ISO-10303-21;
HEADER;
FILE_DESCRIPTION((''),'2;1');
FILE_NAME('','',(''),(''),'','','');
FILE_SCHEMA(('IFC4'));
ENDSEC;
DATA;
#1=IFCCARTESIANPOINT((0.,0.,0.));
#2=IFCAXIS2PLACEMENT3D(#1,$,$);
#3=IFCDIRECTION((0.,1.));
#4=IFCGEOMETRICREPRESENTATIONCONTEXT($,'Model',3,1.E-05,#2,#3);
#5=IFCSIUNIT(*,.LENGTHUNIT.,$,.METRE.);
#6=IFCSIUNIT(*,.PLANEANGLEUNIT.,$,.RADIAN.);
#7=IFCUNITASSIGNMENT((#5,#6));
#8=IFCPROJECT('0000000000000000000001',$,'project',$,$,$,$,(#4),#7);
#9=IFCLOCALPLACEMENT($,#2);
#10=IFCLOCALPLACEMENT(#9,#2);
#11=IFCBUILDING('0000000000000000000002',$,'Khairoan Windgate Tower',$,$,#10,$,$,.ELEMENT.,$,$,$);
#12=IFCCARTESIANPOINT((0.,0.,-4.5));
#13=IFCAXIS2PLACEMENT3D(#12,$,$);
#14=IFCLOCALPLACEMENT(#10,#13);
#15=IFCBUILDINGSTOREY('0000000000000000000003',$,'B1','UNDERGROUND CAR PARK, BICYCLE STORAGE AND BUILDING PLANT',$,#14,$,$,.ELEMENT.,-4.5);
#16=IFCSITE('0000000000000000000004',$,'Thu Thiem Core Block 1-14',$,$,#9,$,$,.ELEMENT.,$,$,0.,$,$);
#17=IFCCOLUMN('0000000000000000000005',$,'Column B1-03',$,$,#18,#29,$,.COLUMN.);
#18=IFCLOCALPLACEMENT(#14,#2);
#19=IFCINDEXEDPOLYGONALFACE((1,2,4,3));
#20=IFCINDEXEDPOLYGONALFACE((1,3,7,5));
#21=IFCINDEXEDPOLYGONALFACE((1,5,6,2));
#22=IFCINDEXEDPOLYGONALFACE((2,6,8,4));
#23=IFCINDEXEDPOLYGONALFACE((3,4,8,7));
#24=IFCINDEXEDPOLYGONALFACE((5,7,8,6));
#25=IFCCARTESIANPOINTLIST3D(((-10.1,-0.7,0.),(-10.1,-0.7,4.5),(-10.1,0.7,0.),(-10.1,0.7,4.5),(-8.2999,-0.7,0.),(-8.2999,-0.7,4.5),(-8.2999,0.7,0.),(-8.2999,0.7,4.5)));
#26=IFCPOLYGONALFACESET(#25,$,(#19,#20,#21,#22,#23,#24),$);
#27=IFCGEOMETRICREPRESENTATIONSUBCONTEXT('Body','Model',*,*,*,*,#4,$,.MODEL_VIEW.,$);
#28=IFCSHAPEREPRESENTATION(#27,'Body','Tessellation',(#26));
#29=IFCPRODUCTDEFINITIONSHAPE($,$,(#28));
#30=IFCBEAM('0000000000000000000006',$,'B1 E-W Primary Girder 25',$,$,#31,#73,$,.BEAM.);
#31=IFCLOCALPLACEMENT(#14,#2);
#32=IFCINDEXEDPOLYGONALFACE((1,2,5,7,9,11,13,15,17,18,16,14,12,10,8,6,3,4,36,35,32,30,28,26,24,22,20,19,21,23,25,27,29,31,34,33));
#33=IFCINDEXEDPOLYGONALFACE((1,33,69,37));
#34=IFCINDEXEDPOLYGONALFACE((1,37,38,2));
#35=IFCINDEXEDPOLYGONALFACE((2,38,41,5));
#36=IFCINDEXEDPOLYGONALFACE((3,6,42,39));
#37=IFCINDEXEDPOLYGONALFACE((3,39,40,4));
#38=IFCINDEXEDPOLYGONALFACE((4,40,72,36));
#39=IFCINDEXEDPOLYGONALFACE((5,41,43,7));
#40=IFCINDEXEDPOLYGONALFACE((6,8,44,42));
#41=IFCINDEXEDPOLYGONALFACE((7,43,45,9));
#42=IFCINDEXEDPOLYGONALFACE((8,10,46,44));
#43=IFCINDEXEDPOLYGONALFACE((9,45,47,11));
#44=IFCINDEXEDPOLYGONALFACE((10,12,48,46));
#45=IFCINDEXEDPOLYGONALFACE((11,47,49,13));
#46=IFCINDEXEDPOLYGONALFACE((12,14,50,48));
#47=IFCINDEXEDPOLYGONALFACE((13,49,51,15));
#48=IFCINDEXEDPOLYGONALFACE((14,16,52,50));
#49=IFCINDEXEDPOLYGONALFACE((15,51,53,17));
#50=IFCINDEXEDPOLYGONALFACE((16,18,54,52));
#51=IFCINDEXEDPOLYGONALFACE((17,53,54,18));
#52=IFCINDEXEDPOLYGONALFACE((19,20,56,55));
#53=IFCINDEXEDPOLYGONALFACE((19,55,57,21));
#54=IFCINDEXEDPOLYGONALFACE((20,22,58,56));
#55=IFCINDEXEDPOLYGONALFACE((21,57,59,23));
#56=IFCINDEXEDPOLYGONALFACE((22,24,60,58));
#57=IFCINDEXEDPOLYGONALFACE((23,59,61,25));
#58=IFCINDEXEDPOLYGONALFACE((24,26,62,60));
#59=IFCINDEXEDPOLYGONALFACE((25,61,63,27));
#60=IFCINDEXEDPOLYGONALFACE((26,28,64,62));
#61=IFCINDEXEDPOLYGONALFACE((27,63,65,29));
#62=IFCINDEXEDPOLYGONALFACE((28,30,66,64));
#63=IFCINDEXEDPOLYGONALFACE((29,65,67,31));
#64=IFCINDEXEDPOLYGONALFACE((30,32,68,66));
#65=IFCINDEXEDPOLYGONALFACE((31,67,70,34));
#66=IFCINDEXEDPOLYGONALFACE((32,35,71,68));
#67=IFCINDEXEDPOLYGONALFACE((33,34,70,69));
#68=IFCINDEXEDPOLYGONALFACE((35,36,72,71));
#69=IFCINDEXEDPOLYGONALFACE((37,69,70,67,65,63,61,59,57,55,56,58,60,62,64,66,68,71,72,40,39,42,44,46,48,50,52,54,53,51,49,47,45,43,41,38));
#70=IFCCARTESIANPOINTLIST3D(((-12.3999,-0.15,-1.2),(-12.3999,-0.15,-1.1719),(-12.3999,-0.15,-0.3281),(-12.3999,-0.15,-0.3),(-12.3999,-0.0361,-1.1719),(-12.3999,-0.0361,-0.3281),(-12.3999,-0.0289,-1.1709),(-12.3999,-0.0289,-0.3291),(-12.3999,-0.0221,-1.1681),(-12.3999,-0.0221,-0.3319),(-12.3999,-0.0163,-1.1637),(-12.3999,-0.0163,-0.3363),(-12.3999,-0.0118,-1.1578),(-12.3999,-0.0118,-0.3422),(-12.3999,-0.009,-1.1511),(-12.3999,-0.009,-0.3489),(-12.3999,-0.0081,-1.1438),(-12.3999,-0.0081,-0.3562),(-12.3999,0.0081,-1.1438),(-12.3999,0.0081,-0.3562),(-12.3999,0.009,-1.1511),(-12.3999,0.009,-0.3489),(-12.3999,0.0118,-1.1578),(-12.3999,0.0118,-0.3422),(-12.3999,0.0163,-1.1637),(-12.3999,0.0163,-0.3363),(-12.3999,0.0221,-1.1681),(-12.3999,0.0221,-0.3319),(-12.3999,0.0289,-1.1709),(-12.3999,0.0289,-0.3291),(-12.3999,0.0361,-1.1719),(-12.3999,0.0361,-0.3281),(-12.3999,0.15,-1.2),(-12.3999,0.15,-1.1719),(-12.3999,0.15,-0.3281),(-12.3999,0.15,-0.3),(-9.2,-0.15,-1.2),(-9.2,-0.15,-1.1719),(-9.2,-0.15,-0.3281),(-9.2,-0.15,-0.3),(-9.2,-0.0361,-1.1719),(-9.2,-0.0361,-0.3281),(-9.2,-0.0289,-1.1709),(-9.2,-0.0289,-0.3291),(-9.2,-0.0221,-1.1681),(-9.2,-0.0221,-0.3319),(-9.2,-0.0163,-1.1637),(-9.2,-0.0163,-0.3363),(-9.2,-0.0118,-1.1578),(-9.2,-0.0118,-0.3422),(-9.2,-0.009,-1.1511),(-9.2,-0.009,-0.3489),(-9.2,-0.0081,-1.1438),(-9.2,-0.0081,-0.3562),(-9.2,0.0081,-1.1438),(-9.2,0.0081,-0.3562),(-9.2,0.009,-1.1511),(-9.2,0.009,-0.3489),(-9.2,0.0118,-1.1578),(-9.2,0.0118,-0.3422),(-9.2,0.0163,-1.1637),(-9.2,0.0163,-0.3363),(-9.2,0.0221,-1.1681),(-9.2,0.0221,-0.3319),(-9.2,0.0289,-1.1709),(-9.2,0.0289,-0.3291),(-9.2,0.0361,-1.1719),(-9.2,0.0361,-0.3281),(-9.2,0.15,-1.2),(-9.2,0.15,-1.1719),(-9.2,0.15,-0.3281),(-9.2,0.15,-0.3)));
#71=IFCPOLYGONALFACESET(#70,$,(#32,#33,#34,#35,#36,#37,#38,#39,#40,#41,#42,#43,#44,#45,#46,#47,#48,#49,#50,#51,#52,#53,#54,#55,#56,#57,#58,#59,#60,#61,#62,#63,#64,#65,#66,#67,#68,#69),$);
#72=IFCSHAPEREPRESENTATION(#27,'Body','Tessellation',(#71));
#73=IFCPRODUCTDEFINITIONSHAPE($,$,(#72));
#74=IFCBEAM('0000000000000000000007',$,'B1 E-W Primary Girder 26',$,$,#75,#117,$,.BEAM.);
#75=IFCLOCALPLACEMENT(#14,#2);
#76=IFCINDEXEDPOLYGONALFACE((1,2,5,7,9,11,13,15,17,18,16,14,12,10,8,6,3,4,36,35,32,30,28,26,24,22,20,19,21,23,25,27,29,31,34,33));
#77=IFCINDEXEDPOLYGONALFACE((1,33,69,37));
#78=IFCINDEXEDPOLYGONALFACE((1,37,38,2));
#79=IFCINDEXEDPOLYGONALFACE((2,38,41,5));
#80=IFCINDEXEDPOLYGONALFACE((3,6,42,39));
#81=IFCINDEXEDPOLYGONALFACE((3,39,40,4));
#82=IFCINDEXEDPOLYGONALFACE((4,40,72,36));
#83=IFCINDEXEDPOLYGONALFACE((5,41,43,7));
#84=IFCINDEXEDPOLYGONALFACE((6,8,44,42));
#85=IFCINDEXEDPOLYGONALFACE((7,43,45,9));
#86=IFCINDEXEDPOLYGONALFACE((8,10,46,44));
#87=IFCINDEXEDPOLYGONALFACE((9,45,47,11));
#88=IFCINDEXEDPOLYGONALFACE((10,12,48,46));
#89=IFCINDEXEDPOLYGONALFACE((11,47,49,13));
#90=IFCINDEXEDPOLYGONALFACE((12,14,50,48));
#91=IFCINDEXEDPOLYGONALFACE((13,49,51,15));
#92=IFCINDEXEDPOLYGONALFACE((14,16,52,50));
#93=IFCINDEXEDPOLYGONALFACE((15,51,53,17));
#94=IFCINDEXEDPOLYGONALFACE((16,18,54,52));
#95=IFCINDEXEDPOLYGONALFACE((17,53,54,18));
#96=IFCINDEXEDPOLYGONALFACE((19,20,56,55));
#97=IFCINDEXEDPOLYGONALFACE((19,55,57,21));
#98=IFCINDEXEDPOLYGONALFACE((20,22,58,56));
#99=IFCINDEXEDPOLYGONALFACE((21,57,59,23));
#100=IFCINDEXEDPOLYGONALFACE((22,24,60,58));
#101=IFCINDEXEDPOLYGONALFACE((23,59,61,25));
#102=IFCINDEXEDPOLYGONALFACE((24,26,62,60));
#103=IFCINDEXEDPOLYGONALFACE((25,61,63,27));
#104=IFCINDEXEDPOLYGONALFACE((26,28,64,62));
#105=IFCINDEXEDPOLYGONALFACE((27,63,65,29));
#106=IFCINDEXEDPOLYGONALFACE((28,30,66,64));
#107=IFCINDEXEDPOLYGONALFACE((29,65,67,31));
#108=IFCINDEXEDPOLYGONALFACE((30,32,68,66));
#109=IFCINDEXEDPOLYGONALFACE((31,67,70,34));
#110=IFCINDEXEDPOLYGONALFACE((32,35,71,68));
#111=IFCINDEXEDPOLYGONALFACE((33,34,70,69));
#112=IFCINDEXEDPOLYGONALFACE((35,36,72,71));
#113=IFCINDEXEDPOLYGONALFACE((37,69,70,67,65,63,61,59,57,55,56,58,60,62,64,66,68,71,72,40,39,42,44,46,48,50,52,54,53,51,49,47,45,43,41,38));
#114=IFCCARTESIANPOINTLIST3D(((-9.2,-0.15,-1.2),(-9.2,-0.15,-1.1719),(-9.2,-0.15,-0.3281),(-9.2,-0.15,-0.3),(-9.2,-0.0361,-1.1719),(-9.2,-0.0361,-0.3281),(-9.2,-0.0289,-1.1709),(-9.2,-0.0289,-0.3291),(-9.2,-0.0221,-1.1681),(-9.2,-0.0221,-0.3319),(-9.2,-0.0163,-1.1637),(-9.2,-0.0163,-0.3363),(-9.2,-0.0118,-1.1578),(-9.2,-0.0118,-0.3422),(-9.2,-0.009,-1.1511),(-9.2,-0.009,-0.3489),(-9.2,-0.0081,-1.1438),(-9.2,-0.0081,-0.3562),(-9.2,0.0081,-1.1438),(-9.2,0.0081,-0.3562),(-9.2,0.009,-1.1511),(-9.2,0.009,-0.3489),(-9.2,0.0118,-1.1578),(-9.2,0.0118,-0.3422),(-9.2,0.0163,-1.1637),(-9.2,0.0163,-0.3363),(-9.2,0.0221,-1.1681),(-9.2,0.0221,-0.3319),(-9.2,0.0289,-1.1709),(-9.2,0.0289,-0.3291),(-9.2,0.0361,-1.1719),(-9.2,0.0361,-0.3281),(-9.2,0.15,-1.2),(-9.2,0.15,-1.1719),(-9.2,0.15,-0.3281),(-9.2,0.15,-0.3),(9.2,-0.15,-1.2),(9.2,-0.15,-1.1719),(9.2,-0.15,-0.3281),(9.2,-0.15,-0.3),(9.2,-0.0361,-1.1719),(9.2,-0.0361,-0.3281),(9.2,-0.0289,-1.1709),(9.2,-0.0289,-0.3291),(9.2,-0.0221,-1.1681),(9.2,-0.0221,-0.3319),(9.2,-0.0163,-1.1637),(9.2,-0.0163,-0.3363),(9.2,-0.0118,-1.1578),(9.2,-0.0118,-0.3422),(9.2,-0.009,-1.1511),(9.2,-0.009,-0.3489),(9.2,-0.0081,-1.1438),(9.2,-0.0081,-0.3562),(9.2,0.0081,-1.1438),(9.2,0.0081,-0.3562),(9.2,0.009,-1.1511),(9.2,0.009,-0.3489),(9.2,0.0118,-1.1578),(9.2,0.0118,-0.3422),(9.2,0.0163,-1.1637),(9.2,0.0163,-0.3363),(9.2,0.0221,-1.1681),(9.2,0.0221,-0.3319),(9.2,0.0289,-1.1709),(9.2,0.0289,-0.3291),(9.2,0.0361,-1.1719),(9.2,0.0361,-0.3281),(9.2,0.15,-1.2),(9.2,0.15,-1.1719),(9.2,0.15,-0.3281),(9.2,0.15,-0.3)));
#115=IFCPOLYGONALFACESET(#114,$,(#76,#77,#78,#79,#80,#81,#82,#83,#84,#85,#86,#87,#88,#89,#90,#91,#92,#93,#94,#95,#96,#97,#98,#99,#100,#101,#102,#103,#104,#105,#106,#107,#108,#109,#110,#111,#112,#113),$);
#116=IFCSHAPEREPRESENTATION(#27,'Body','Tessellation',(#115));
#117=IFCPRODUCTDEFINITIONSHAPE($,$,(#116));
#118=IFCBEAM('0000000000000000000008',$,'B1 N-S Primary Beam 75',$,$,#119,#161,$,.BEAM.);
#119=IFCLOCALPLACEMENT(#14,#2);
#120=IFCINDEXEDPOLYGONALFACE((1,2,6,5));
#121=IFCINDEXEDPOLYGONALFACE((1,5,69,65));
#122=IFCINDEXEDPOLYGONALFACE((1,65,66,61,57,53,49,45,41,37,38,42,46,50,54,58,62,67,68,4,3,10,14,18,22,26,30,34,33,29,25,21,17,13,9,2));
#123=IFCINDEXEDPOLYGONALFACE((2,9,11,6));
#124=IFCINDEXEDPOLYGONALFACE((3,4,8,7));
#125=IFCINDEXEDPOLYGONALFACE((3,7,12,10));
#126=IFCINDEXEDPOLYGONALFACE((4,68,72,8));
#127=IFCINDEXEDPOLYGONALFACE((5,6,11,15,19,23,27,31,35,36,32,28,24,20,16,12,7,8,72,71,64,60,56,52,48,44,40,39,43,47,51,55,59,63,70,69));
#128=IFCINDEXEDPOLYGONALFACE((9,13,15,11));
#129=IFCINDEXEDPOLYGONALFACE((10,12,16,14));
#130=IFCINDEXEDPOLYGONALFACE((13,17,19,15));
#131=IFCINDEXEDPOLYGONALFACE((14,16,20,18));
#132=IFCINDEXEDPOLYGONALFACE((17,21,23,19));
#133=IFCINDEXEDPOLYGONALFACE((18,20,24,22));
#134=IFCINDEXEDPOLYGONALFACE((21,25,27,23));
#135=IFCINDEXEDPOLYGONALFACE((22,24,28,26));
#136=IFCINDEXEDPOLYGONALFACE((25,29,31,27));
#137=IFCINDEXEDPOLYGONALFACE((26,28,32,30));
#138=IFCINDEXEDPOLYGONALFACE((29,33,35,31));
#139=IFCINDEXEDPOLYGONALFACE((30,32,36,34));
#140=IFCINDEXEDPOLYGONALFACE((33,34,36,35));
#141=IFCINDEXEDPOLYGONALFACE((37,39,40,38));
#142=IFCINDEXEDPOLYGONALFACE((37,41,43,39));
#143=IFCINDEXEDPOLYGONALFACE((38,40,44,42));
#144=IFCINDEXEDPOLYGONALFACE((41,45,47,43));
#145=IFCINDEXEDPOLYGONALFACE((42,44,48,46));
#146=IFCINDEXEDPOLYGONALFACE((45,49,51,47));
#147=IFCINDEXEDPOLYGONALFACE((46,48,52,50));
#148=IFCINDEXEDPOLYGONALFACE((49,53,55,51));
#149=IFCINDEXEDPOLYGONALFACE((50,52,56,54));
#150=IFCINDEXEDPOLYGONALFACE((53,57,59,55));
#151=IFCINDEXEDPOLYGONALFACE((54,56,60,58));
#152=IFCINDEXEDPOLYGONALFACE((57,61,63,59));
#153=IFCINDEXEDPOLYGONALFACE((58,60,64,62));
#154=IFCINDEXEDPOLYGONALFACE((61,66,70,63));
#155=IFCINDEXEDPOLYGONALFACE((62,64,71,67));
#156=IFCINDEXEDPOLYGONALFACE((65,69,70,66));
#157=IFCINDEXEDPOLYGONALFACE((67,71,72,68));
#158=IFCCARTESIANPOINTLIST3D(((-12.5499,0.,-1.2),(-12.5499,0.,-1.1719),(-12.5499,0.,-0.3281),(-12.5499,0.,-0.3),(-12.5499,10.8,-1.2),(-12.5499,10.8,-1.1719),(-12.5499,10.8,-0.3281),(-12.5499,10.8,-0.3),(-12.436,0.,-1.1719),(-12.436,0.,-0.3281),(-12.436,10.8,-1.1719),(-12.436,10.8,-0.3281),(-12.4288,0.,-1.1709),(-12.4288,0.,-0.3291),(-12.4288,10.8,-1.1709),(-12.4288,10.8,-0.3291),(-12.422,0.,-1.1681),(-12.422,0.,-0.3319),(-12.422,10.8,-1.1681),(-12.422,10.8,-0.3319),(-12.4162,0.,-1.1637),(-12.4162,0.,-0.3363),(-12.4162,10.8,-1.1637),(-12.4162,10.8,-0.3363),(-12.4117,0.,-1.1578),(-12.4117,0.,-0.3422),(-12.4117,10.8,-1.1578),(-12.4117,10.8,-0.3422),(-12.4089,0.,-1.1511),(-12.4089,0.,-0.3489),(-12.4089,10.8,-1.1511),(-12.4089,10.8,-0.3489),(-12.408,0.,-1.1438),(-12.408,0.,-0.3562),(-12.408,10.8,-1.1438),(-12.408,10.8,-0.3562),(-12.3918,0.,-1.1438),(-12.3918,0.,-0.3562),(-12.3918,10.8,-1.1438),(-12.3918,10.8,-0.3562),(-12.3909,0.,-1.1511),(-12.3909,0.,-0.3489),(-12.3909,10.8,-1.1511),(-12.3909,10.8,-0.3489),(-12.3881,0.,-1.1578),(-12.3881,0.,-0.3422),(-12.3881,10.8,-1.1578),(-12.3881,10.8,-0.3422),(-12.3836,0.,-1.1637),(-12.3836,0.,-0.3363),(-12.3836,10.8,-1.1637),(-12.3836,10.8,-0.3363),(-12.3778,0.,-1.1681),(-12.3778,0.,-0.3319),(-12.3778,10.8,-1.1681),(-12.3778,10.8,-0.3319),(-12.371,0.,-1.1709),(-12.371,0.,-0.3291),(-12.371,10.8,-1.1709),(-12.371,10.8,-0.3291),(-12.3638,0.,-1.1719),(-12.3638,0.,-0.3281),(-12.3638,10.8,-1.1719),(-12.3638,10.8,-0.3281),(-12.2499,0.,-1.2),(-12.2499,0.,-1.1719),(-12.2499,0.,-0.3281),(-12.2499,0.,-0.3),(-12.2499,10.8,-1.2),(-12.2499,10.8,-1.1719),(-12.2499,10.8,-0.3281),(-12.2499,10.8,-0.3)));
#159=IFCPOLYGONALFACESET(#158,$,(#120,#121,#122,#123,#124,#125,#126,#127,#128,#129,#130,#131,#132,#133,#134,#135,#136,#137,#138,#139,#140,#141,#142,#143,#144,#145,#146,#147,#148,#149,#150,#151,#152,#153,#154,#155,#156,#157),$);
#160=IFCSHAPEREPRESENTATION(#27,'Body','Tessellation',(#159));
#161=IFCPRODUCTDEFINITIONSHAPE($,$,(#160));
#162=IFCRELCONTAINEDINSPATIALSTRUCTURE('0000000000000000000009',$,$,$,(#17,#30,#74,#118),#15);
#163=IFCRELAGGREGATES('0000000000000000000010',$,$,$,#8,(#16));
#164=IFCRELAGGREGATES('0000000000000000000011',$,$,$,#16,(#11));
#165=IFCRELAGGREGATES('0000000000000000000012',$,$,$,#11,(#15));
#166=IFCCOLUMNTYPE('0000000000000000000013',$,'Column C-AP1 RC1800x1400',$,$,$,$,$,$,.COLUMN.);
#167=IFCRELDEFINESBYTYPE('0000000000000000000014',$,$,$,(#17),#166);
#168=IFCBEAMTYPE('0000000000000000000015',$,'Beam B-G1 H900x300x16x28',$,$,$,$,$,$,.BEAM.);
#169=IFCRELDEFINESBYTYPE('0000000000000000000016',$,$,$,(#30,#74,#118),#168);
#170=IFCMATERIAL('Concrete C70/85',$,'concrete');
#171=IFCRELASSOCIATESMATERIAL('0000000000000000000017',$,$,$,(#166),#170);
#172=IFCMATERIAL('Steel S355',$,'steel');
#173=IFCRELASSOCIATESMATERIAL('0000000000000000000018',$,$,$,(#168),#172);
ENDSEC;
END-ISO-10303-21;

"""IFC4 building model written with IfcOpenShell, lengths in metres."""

from ifc_helpers import new_model, si_unit, direction, frame, origin, origin_2d, place, context, subcontext, project, spatial, rectangle, i_section, extrude, material, material_profile, profile_set, type_object, element, save


model = new_model("IFC4")

# Units and contexts
model_context = context("Model", 3, precision=1e-05, world=origin(), true_north=direction((0.0, 1.0)))
body_context = subcontext(model_context, "Body", "Model", "MODEL_VIEW")
ifc_project = project(units=[si_unit("LENGTHUNIT", "METRE"), si_unit("PLANEANGLEUNIT", "RADIAN")], contexts=[model_context])

# Site, building, storey
site_placement = place(None, origin())
site = spatial("IfcSite", under=ifc_project, at=site_placement, Name="Thu Thiem Core Block 1-14", CompositionType="ELEMENT", RefElevation=0.0)
building_placement = place(site_placement, origin())
building = spatial("IfcBuilding", under=site, at=building_placement, Name="Khairoan Windgate Tower", CompositionType="ELEMENT")
storey_placement = place(building_placement, frame((0.0, 0.0, -4.5)))
storey = spatial("IfcBuildingStorey", under=building, at=storey_placement, Name="B1", Description="UNDERGROUND CAR PARK, BICYCLE STORAGE AND BUILDING PLANT", CompositionType="ELEMENT", Elevation=-4.5)

# Column
ifc_material_1 = material(Name="Concrete C70/85", Category="concrete")
ifc_material_profile_1 = material_profile(ifc_material_1, rectangle(XDim=1.8, YDim=1.3999, at=origin_2d()))
ifc_profile_set_1 = profile_set([ifc_material_profile_1], Name="Concrete C70/85")
column_type = type_object("IfcColumnType", Name="Column C-AP1 RC1800x1400", PredefinedType="COLUMN", material=ifc_profile_set_1)
column_placement = place(storey_placement, frame((-9.2, 0.0, 0.0), z_axis=(0.0, 0.0, 1.0), x_axis=(1.0, 0.0, 0.0)))
element("IfcColumn", 1, at=column_placement, inside=storey, type_object=column_type, Name="Column B1-03", PredefinedType="COLUMN", context=body_context, shape_type="SweptSolid", body=[
    extrude(rectangle(XDim=1.8, YDim=1.3999, at=origin_2d()), origin(), (0.0, 0.0, 1.0), 4.5),
])

# Beams
ifc_material_2 = material(Name="Steel S355", Category="steel")
ifc_material_profile_2 = material_profile(ifc_material_2, i_section(OverallWidth=0.3, OverallDepth=0.8999, WebThickness=0.0161, FlangeThickness=0.0281, FilletRadius=0.0281, at=origin_2d()))
ifc_profile_set_2 = profile_set([ifc_material_profile_2], Name="Steel S355")
beam_type = type_object("IfcBeamType", Name="Beam B-G1 H900x300x16x28", PredefinedType="BEAM", material=ifc_profile_set_2)
beam_1_placement = place(storey_placement, frame((-12.3999, 0.0, -0.75), z_axis=(1.0, 0.0, 0.0), x_axis=(0.0, 1.0, 0.0)))
element("IfcBeam", 2, at=beam_1_placement, inside=storey, type_object=beam_type, Name="B1 E-W Primary Girder 25", PredefinedType="BEAM", context=body_context, shape_type="SweptSolid", body=[
    extrude(i_section(OverallWidth=0.3, OverallDepth=0.8999, WebThickness=0.0161, FlangeThickness=0.0281, FilletRadius=0.0281, at=origin_2d()), origin(), (0.0, 0.0, 1.0), 3.2),
])
beam_2_placement = place(storey_placement, frame((-9.2, 0.0, -0.75), z_axis=(1.0, 0.0, 0.0), x_axis=(0.0, 1.0, 0.0)))
element("IfcBeam", 3, at=beam_2_placement, inside=storey, type_object=beam_type, Name="B1 E-W Primary Girder 26", PredefinedType="BEAM", context=body_context, shape_type="SweptSolid", body=[
    extrude(i_section(OverallWidth=0.3, OverallDepth=0.8999, WebThickness=0.0161, FlangeThickness=0.0281, FilletRadius=0.0281, at=origin_2d()), origin(), (0.0, 0.0, 1.0), 18.3999),
])
for number, where, z_axis, x_axis, name in (
    (4, (-12.3999, 0.0, -0.75), (0.0, 1.0, 0.0), (-1.0, 0.0, 0.0), "B1 N-S Primary Beam 75"),
):
    element("IfcBeam", number, at=place(storey_placement, frame(where, z_axis=z_axis, x_axis=x_axis)), inside=storey, type_object=beam_type, Name=name, PredefinedType="BEAM", context=body_context, shape_type="SweptSolid", body=[
        extrude(i_section(OverallWidth=0.3, OverallDepth=0.8999, WebThickness=0.0161, FlangeThickness=0.0281, FilletRadius=0.0281, at=origin_2d()), origin(), (0.0, 0.0, 1.0), 10.8),
    ])

save(model, "model.ifc")
